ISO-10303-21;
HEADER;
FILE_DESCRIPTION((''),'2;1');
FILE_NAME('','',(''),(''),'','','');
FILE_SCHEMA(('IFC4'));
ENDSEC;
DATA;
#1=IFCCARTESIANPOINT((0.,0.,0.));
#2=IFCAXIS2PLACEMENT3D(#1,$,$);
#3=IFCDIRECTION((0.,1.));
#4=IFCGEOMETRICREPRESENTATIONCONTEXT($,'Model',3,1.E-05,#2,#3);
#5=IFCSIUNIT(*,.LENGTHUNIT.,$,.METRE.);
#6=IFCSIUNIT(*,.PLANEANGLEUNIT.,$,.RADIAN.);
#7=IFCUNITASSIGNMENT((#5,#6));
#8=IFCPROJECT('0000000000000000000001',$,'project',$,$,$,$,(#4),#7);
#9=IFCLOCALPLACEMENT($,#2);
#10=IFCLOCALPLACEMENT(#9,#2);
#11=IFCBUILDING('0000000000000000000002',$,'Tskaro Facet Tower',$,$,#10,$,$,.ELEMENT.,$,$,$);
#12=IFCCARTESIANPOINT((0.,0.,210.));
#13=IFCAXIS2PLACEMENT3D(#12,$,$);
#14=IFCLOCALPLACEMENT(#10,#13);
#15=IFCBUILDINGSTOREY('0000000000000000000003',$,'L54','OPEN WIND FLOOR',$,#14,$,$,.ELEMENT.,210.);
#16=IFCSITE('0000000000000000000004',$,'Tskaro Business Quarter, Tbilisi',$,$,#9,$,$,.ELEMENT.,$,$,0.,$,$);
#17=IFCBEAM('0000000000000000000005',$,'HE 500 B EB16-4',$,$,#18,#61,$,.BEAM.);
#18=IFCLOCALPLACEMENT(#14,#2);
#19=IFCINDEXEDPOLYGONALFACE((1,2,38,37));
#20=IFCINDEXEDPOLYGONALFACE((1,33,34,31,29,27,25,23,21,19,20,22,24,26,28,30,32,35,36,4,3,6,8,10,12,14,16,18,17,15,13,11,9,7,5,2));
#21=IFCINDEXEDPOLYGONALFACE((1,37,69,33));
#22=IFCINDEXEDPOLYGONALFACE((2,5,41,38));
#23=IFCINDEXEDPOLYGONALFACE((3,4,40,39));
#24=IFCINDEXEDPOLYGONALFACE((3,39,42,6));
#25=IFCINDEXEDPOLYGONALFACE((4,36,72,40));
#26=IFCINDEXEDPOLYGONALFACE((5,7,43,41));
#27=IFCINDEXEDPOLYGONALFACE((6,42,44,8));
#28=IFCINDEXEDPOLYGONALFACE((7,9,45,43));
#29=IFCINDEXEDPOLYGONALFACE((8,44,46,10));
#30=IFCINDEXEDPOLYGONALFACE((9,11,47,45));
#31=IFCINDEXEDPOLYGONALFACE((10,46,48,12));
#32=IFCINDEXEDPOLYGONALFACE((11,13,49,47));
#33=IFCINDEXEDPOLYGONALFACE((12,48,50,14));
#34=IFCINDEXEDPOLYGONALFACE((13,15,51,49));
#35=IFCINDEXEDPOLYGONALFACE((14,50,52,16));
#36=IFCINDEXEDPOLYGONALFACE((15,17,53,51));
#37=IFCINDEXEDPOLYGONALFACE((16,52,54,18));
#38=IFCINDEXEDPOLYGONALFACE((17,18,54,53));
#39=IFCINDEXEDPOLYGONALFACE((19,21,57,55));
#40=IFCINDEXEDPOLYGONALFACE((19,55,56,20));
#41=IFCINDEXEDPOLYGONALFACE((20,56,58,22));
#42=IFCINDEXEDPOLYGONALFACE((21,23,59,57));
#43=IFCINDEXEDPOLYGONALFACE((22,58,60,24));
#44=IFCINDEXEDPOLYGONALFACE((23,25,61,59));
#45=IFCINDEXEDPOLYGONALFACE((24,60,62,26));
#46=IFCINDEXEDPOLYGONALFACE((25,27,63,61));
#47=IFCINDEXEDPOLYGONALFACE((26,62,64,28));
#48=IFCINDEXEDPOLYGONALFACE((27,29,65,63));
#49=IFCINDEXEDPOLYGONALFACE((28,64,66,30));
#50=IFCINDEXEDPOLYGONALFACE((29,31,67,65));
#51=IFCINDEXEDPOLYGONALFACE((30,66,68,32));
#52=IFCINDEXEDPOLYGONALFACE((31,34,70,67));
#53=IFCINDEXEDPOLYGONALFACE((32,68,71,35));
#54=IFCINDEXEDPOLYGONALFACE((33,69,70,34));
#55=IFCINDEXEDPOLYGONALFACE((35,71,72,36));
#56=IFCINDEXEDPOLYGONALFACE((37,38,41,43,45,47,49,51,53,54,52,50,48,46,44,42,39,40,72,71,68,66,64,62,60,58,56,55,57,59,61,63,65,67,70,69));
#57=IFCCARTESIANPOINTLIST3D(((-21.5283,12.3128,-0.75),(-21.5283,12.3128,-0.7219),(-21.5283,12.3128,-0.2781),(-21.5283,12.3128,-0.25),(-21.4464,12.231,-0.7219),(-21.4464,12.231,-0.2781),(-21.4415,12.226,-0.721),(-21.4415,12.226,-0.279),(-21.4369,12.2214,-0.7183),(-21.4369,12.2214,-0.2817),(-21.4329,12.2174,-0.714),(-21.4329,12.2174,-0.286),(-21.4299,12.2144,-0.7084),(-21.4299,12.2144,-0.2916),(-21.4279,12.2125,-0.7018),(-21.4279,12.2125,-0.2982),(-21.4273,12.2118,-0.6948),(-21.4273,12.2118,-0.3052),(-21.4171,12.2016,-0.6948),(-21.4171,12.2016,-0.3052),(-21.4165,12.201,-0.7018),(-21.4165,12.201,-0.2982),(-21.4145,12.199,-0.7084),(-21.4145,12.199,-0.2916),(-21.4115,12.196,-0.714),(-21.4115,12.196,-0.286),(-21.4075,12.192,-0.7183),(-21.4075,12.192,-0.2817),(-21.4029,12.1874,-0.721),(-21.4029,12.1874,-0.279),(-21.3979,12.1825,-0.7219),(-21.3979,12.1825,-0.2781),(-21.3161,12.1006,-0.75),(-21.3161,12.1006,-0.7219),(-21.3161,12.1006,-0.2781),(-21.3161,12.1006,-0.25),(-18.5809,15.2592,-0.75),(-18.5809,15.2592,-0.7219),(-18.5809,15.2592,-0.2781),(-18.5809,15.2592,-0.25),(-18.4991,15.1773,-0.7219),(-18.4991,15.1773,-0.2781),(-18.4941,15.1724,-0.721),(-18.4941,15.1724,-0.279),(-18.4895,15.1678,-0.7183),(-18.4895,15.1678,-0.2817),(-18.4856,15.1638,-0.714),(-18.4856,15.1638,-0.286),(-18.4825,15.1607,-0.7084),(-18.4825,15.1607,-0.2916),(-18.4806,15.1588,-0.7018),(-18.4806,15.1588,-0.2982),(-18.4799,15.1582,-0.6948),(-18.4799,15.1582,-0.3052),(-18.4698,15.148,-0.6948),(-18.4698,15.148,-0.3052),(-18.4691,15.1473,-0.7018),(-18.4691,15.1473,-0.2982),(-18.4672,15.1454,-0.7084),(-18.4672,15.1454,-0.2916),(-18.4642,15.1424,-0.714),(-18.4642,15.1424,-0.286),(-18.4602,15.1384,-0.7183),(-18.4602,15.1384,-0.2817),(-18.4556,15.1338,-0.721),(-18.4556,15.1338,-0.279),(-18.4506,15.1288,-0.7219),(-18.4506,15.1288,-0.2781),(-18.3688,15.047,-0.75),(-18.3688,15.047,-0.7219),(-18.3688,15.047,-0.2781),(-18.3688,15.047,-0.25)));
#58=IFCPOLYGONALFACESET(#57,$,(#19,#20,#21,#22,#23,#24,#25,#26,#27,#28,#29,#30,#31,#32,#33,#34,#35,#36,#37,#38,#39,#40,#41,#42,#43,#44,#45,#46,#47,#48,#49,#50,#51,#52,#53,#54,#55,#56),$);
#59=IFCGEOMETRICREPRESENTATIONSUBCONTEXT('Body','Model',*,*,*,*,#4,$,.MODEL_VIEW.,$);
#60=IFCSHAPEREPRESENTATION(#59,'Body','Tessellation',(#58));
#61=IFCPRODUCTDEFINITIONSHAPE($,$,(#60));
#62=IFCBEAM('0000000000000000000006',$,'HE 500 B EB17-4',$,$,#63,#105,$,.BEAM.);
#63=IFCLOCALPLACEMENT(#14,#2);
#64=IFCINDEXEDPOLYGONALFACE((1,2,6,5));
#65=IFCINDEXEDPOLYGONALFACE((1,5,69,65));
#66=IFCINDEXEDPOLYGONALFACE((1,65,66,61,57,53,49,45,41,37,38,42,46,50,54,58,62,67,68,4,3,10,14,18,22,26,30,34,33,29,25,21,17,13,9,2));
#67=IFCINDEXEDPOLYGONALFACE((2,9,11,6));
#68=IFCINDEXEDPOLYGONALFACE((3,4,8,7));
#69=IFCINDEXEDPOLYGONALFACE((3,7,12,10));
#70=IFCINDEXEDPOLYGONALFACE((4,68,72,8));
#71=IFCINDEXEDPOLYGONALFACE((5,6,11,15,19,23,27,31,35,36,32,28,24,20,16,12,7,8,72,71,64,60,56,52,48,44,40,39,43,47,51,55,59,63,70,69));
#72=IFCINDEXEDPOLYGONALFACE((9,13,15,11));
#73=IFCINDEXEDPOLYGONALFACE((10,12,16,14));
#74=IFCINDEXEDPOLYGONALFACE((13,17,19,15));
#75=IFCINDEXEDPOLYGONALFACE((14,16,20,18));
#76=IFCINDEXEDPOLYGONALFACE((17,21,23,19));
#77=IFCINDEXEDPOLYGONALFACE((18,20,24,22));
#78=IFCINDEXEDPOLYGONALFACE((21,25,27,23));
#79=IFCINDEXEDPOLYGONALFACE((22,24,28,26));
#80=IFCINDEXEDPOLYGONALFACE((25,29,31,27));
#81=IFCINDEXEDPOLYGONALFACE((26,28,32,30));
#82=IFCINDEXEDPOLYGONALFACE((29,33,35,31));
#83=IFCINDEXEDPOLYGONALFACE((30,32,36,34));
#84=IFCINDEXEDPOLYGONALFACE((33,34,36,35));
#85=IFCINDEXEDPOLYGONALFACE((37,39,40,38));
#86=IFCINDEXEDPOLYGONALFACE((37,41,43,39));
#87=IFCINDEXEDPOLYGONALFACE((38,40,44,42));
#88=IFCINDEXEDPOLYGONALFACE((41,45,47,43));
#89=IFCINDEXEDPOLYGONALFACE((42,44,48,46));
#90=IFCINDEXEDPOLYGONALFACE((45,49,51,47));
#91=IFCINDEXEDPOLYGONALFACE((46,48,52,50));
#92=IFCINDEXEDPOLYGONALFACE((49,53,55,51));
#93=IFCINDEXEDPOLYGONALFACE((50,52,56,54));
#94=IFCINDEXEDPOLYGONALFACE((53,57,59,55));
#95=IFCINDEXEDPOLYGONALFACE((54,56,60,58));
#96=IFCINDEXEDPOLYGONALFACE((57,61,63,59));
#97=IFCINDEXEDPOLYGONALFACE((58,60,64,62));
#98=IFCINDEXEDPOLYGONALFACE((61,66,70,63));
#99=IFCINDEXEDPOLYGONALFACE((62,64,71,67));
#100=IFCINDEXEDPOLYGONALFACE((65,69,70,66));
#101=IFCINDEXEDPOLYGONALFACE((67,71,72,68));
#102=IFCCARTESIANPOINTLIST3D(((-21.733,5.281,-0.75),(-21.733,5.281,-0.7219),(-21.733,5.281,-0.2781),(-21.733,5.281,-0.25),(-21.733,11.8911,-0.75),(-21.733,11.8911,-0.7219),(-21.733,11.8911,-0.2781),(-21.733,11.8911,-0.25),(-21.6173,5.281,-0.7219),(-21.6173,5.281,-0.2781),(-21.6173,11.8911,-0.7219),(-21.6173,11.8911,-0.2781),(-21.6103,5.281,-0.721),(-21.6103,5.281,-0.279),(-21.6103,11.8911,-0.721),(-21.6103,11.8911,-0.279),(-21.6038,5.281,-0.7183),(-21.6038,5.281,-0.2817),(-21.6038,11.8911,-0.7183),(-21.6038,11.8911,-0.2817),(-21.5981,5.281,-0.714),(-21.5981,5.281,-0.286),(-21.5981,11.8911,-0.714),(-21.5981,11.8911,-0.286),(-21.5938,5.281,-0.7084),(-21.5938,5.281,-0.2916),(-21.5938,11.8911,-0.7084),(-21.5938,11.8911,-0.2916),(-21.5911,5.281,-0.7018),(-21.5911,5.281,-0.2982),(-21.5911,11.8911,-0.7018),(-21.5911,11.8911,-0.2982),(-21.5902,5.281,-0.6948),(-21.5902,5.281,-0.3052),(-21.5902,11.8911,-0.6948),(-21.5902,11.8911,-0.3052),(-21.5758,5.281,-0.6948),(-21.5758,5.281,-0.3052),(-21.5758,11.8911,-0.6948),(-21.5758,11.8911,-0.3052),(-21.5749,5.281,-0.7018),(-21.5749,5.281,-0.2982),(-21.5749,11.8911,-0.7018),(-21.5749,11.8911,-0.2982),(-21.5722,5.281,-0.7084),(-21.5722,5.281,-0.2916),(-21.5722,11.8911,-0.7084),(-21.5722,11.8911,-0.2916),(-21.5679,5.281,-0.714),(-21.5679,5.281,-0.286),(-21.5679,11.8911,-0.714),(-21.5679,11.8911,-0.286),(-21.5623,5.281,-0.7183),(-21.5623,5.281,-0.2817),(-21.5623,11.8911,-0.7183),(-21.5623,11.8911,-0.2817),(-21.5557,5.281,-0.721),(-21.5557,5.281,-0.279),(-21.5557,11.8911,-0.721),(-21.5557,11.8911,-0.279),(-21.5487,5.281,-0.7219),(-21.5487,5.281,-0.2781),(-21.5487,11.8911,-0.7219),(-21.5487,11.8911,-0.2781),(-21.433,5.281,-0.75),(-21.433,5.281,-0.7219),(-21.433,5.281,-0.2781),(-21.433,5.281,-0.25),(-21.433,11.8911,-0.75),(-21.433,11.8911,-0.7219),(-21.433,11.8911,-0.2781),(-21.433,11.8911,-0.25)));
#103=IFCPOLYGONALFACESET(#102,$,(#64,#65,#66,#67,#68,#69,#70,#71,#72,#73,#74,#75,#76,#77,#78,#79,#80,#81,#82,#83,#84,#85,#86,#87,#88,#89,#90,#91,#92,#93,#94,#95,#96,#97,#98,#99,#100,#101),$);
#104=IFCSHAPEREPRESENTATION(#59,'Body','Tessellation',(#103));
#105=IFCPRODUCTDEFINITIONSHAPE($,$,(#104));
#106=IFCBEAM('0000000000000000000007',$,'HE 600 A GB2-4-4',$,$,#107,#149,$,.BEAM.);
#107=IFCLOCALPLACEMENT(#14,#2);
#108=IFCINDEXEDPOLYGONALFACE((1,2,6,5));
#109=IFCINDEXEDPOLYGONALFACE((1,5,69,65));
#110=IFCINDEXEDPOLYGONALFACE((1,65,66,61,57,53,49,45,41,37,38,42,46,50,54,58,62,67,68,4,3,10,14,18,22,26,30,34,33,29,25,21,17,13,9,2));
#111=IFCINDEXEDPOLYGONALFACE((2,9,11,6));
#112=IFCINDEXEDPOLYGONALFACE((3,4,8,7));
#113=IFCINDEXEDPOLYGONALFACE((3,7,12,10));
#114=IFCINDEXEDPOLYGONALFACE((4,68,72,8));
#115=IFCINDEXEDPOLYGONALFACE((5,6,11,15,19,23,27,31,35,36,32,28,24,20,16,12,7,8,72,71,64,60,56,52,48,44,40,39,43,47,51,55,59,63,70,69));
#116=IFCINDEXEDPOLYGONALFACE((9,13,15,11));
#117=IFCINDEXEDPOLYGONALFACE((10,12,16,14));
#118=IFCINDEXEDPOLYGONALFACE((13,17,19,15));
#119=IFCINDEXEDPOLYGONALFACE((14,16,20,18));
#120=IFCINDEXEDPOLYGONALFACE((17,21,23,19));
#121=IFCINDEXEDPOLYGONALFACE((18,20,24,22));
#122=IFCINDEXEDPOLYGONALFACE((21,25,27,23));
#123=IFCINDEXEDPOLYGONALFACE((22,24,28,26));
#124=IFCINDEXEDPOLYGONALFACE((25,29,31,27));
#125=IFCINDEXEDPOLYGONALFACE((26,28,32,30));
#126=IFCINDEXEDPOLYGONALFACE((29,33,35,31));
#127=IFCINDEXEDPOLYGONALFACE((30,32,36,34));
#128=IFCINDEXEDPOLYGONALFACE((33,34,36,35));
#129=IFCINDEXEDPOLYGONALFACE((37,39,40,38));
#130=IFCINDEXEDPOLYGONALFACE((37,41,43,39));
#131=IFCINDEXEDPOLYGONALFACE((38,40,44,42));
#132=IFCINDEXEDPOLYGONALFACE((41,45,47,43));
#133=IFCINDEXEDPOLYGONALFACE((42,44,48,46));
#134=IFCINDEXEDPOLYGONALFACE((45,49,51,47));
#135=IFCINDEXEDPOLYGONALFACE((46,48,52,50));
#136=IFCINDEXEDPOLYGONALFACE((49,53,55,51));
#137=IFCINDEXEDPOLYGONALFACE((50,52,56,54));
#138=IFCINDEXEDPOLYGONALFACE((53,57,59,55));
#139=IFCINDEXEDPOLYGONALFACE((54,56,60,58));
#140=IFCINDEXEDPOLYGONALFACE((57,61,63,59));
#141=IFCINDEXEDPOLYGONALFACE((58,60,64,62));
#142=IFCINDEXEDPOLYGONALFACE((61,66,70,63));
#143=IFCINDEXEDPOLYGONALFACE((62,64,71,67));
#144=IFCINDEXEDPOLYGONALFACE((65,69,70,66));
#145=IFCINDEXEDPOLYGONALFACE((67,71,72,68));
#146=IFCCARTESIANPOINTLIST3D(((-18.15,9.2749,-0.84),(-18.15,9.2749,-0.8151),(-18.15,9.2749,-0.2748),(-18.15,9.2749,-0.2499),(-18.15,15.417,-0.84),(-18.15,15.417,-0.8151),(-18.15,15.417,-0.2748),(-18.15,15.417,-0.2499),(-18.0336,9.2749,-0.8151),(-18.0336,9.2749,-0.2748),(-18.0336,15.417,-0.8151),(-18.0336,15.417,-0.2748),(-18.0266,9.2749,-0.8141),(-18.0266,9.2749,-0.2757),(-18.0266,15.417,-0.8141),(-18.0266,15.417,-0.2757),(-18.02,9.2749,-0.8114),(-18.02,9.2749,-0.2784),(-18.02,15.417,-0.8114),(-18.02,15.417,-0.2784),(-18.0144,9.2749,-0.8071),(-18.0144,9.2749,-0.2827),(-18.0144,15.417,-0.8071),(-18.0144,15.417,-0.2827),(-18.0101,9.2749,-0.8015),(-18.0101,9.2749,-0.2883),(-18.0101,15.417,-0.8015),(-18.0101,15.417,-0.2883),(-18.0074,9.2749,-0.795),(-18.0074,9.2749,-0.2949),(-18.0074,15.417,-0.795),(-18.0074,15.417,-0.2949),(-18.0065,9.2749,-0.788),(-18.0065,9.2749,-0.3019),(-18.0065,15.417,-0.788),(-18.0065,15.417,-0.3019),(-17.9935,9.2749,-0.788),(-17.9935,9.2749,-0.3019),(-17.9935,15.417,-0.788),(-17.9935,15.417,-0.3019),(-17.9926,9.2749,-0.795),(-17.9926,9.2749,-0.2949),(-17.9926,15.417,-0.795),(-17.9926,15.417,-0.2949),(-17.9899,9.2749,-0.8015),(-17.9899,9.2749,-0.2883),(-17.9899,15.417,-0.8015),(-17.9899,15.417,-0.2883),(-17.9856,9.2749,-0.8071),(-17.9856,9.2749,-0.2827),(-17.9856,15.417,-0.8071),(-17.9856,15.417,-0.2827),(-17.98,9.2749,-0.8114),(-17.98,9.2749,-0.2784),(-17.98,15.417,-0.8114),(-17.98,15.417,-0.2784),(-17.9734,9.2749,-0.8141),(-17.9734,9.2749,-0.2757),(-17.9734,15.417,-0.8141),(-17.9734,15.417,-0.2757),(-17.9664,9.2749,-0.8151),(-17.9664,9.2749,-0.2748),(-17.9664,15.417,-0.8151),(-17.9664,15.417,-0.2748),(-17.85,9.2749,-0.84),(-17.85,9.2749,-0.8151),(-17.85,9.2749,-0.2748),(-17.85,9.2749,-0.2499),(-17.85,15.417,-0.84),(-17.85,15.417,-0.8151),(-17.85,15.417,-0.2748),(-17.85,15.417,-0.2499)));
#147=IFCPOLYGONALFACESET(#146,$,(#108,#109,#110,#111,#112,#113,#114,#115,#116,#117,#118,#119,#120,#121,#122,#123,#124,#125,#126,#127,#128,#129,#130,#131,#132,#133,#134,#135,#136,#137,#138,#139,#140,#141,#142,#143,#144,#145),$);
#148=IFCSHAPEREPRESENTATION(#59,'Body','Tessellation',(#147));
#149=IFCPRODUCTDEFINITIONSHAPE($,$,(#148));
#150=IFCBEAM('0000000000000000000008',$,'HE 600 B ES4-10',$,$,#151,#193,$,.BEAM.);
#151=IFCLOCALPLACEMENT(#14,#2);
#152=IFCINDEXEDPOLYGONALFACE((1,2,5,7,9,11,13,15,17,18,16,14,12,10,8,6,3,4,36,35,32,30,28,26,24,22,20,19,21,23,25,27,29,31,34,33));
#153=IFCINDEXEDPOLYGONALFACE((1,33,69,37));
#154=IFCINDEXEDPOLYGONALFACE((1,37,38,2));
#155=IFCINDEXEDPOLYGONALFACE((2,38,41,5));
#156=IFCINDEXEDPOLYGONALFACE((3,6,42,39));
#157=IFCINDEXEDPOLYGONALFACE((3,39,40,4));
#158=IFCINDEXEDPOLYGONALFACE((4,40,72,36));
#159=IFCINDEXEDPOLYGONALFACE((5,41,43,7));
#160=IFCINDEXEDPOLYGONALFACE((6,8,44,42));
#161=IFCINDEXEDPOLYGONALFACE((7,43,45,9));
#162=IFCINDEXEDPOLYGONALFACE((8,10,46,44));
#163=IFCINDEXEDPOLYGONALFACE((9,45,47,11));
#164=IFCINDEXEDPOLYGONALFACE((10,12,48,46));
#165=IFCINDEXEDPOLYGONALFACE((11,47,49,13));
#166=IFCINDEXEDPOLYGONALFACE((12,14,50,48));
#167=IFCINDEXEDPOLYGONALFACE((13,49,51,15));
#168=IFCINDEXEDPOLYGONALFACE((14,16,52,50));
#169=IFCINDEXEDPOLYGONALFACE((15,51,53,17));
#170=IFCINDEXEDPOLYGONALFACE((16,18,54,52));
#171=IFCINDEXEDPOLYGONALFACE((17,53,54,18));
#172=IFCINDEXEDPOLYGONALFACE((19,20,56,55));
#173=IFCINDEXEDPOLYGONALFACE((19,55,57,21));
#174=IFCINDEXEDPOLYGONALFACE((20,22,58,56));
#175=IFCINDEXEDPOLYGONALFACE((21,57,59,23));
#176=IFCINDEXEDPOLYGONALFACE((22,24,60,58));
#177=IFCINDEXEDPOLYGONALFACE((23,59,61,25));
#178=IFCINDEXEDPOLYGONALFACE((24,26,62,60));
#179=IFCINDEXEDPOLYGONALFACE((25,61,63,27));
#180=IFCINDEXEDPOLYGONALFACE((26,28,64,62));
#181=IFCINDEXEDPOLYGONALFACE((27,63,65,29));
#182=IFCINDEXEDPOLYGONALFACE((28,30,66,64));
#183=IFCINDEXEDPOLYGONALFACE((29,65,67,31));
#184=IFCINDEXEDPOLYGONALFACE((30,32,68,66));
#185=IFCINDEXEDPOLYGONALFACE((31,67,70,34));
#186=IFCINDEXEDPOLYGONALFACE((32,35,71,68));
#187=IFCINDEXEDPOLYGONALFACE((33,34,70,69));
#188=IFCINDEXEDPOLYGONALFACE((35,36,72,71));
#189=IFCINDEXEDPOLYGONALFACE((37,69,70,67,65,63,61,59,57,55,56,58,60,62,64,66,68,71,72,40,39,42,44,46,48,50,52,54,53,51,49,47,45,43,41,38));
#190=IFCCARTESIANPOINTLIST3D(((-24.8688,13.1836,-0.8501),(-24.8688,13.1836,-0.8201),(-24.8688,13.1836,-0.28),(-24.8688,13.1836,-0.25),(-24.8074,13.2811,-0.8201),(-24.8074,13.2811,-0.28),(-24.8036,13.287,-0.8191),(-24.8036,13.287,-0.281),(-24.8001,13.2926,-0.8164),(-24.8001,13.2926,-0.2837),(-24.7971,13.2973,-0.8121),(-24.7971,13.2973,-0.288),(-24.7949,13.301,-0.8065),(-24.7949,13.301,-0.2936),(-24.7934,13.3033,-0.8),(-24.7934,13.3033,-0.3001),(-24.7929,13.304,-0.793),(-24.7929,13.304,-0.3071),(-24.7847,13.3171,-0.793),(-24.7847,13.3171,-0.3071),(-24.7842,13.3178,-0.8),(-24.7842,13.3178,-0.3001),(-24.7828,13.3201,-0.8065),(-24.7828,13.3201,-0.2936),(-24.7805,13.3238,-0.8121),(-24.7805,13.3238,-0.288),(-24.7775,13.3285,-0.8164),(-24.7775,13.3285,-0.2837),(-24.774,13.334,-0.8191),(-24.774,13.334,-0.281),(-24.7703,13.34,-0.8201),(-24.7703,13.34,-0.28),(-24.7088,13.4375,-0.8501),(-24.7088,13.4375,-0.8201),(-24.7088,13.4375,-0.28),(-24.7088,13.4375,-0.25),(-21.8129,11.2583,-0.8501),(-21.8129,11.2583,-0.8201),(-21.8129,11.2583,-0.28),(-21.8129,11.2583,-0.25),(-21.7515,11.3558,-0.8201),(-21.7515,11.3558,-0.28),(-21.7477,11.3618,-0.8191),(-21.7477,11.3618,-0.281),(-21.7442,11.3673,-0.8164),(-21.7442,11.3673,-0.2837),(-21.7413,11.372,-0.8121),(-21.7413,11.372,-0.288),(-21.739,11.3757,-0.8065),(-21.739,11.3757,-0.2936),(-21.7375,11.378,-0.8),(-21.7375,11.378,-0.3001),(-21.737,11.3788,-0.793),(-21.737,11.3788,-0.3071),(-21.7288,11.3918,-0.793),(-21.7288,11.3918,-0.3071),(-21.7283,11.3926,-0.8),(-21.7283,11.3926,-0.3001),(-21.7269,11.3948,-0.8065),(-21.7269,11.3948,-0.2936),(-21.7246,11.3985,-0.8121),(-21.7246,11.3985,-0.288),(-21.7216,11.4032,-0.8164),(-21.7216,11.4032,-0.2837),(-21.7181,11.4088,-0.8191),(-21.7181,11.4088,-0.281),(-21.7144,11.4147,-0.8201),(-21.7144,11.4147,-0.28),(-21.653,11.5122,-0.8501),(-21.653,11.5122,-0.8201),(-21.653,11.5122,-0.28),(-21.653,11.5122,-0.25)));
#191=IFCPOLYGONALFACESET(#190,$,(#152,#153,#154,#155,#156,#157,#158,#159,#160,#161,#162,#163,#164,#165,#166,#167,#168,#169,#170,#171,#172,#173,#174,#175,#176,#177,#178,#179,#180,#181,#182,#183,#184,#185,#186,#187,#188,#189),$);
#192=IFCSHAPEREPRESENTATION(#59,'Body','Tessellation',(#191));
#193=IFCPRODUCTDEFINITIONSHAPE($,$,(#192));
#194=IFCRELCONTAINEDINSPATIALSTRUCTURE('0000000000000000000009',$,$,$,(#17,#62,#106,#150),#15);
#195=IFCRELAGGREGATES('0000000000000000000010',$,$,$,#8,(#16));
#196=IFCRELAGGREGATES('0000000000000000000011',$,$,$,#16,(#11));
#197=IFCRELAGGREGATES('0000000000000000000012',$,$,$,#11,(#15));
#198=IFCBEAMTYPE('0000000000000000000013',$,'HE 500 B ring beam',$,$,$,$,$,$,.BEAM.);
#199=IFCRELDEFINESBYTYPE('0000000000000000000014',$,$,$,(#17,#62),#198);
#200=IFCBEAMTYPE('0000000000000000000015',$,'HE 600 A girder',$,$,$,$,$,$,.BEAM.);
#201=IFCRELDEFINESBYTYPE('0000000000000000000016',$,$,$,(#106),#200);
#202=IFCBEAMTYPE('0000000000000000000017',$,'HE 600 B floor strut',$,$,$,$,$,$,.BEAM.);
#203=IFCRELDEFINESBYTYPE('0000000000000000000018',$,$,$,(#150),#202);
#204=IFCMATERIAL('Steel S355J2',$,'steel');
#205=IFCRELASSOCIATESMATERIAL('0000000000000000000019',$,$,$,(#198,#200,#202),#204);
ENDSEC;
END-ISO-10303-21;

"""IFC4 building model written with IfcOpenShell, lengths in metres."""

from ifc_helpers import new_model, si_unit, direction, frame, origin, origin_2d, place, context, subcontext, project, spatial, i_section, extrude, material, material_profile, profile_set, type_object, element, save


model = new_model("IFC4")

# Units and contexts
model_context = context("Model", 3, precision=1e-05, world=origin(), true_north=direction((0.0, 1.0)))
body_context = subcontext(model_context, "Body", "Model", "MODEL_VIEW")
ifc_project = project(units=[si_unit("LENGTHUNIT", "METRE"), si_unit("PLANEANGLEUNIT", "RADIAN")], contexts=[model_context])

# Site, building, storey
site_placement = place(None, origin())
site = spatial("IfcSite", under=ifc_project, at=site_placement, Name="Tskaro Business Quarter, Tbilisi", CompositionType="ELEMENT", RefElevation=0.0)
building_placement = place(site_placement, origin())
building = spatial("IfcBuilding", under=site, at=building_placement, Name="Tskaro Facet Tower", CompositionType="ELEMENT")
storey_placement = place(building_placement, frame((0.0, 0.0, 210.0)))
storey = spatial("IfcBuildingStorey", under=building, at=storey_placement, Name="L54", Description="OPEN WIND FLOOR", CompositionType="ELEMENT", Elevation=210.0)

# Shared definitions
ifc_material_1 = material(Name="Steel S355J2", Category="steel")

# Beams
ifc_material_profile_1 = material_profile(ifc_material_1, i_section(OverallWidth=0.3, OverallDepth=0.5, WebThickness=0.0144, FlangeThickness=0.0281, FilletRadius=0.0271, at=origin_2d()), Name="HE 500 B")
ifc_profile_set_1 = profile_set([ifc_material_profile_1], Name="Steel S355J2")
beam_type_1 = type_object("IfcBeamType", Name="HE 500 B ring beam", PredefinedType="BEAM", material=ifc_profile_set_1)
beam_1_placement = place(storey_placement, frame((-18.4749, 15.1531, -0.5), z_axis=(-0.707224, -0.70699, 0.0), x_axis=(0.70699, -0.707224, 0.0)))
element("IfcBeam", 1, at=beam_1_placement, inside=storey, type_object=beam_type_1, Name="HE 500 B EB16-4", PredefinedType="BEAM", context=body_context, shape_type="SweptSolid", body=[
    extrude(i_section(OverallWidth=0.3, OverallDepth=0.5, WebThickness=0.0144, FlangeThickness=0.0281, FilletRadius=0.0271, at=origin_2d()), origin(), (0.0, 0.0, 1.0), 4.1675),
])
beam_2_placement = place(storey_placement, frame((-21.583, 11.8911, -0.5), z_axis=(0.0, -1.0, 0.0), x_axis=(1.0, 0.0, 0.0)))
element("IfcBeam", 2, at=beam_2_placement, inside=storey, type_object=beam_type_1, Name="HE 500 B EB17-4", PredefinedType="BEAM", context=body_context, shape_type="SweptSolid", body=[
    extrude(i_section(OverallWidth=0.3, OverallDepth=0.5, WebThickness=0.0144, FlangeThickness=0.0281, FilletRadius=0.0271, at=origin_2d()), origin(), (0.0, 0.0, 1.0), 6.6101),
])
ifc_material_profile_2 = material_profile(ifc_material_1, i_section(OverallWidth=0.3, OverallDepth=0.5901, WebThickness=0.0129, FlangeThickness=0.0249, FilletRadius=0.0271, at=origin_2d()), Name="HE 600 A")
ifc_profile_set_2 = profile_set([ifc_material_profile_2], Name="Steel S355J2")
beam_type_2 = type_object("IfcBeamType", Name="HE 600 A girder", PredefinedType="BEAM", material=ifc_profile_set_2)
beam_3_placement = place(storey_placement, frame((-18.0, 9.2749, -0.5449), z_axis=(0.0, 1.0, 0.0), x_axis=(-1.0, 0.0, 0.0)))
element("IfcBeam", 3, at=beam_3_placement, inside=storey, type_object=beam_type_2, Name="HE 600 A GB2-4-4", PredefinedType="BEAM", context=body_context, shape_type="SweptSolid", body=[
    extrude(i_section(OverallWidth=0.3, OverallDepth=0.5901, WebThickness=0.0129, FlangeThickness=0.0249, FilletRadius=0.0271, at=origin_2d()), origin(), (0.0, 0.0, 1.0), 6.1421),
])
ifc_material_profile_3 = material_profile(ifc_material_1, i_section(OverallWidth=0.3, OverallDepth=0.6001, WebThickness=0.0154, FlangeThickness=0.03, FilletRadius=0.0271, at=origin_2d()), Name="HE 600 B")
ifc_profile_set_3 = profile_set([ifc_material_profile_3], Name="Steel S355J2")
beam_type_3 = type_object("IfcBeamType", Name="HE 600 B floor strut", PredefinedType="BEAM", material=ifc_profile_set_3)
beam_4_placement = place(storey_placement, frame((-24.7888, 13.3105, -0.55), z_axis=(0.846083, -0.533052, 0.0), x_axis=(0.533052, 0.846083, 0.0)))
element("IfcBeam", 4, at=beam_4_placement, inside=storey, type_object=beam_type_3, Name="HE 600 B ES4-10", PredefinedType="BEAM", context=body_context, shape_type="SweptSolid", body=[
    extrude(i_section(OverallWidth=0.3, OverallDepth=0.6001, WebThickness=0.0154, FlangeThickness=0.03, FilletRadius=0.0271, at=origin_2d()), origin(), (0.0, 0.0, 1.0), 3.6118),
])

save(model, "model.ifc")
